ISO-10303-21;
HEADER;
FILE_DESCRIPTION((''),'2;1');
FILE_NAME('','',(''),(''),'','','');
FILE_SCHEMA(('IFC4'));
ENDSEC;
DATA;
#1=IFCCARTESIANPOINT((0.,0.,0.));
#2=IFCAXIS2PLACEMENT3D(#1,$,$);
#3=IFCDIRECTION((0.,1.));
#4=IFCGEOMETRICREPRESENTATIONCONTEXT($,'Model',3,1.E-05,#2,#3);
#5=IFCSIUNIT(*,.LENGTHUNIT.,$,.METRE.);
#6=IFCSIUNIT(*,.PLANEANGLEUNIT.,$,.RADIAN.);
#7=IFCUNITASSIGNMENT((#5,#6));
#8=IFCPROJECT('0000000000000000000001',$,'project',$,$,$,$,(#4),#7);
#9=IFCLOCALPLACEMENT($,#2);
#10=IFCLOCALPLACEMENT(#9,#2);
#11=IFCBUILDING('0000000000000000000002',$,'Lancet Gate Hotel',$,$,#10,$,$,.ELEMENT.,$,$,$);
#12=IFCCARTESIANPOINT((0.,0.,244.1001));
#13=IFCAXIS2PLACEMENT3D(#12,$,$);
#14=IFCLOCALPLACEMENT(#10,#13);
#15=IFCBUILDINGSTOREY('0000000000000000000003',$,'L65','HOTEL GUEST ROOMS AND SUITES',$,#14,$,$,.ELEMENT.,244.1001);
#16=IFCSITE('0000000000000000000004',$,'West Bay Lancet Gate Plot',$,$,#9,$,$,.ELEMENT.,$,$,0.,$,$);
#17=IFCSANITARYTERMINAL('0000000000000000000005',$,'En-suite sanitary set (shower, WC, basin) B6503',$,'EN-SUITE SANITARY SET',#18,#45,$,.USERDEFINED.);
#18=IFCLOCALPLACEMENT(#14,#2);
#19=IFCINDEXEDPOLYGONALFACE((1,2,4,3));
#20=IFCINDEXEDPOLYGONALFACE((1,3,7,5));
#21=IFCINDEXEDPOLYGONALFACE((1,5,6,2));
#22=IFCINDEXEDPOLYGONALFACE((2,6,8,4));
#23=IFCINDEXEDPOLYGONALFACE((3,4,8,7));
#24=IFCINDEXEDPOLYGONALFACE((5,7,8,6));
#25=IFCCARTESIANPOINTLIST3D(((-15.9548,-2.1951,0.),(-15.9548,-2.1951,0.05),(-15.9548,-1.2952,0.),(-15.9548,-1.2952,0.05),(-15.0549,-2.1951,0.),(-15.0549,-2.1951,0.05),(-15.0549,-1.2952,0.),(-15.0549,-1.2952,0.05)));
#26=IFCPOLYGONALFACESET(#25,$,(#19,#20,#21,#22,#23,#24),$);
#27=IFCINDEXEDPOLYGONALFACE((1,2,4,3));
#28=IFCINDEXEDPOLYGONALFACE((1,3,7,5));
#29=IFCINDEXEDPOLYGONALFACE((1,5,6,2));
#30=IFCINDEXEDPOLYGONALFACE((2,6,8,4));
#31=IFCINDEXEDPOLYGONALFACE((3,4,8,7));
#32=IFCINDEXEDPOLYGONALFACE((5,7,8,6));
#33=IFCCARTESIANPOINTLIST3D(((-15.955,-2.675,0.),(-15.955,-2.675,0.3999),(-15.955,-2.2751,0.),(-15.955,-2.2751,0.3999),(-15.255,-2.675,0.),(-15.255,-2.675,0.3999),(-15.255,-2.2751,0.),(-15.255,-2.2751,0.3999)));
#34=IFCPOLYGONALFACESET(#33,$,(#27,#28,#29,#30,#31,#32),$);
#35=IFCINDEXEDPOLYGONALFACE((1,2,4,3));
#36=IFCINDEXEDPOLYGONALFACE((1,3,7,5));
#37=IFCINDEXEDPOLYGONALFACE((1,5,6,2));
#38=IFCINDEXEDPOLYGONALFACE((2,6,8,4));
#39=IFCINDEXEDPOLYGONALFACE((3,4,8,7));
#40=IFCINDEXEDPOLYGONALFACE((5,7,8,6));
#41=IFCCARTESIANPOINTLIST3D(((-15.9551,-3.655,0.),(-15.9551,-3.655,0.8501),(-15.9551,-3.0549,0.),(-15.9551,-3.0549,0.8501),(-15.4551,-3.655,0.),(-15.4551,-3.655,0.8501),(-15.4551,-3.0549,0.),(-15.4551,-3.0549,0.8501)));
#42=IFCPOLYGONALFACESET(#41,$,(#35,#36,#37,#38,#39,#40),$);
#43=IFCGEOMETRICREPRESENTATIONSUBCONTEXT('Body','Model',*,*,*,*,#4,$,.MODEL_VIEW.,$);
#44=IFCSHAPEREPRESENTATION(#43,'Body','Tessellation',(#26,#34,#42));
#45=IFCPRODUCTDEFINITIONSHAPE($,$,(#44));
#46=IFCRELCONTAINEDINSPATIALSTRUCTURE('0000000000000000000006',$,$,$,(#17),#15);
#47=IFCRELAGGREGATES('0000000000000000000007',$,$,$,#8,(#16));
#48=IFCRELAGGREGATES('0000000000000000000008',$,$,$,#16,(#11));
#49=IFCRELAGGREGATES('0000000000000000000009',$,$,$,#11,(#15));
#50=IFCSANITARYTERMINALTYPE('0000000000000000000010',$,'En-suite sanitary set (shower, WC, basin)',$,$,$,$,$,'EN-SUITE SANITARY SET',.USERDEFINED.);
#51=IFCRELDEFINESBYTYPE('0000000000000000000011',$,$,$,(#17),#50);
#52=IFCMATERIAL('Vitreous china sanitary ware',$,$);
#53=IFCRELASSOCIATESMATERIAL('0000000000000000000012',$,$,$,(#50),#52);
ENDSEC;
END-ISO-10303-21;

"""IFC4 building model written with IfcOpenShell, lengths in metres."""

from ifc_helpers import new_model, si_unit, direction, frame, origin, origin_2d, place, context, subcontext, project, spatial, rectangle, extrude, material, type_object, element, save


model = new_model("IFC4")

# Units and contexts
model_context = context("Model", 3, precision=1e-05, world=origin(), true_north=direction((0.0, 1.0)))
body_context = subcontext(model_context, "Body", "Model", "MODEL_VIEW")
ifc_project = project(units=[si_unit("LENGTHUNIT", "METRE"), si_unit("PLANEANGLEUNIT", "RADIAN")], contexts=[model_context])

# Site, building, storey
site_placement = place(None, origin())
site = spatial("IfcSite", under=ifc_project, at=site_placement, Name="West Bay Lancet Gate Plot", CompositionType="ELEMENT", RefElevation=0.0)
building_placement = place(site_placement, origin())
building = spatial("IfcBuilding", under=site, at=building_placement, Name="Lancet Gate Hotel", CompositionType="ELEMENT")
storey_placement = place(building_placement, frame((0.0, 0.0, 244.1001)))
storey = spatial("IfcBuildingStorey", under=building, at=storey_placement, Name="L65", Description="HOTEL GUEST ROOMS AND SUITES", CompositionType="ELEMENT", Elevation=244.1001)

# Sanitary terminal
ifc_material_1 = material(Name="Vitreous china sanitary ware")
sanitary_terminal_type = type_object("IfcSanitaryTerminalType", Name="En-suite sanitary set (shower, WC, basin)", ElementType="EN-SUITE SANITARY SET", PredefinedType="USERDEFINED", material=ifc_material_1)
sanitary_terminal_placement = place(storey_placement, frame((-15.5049, -1.7451, 0.0), z_axis=(0.0, 0.0, 1.0), x_axis=(1.0, 0.0, 0.0)))
element("IfcSanitaryTerminal", 1, at=sanitary_terminal_placement, inside=storey, type_object=sanitary_terminal_type, Name="En-suite sanitary set (shower, WC, basin) B6503", ObjectType="EN-SUITE SANITARY SET", PredefinedType="USERDEFINED", context=body_context, shape_type="SweptSolid", body=[
    extrude(rectangle(XDim=0.8999, YDim=0.8999, at=origin_2d()), frame((0.0, 0.0, 0.0), z_axis=(0.0, 0.0, 1.0), x_axis=(0.0, 1.0, 0.0)), (0.0, 0.0, 1.0), 0.05),
    extrude(rectangle(XDim=0.3999, YDim=0.7, at=origin_2d()), frame((-0.1001, -0.73, 0.0), z_axis=(0.0, 0.0, 1.0), x_axis=(0.0, 1.0, 0.0)), (0.0, 0.0, 1.0), 0.3999),
    extrude(rectangle(XDim=0.6001, YDim=0.5, at=origin_2d()), frame((-0.2002, -1.6099, 0.0), z_axis=(0.0, 0.0, 1.0), x_axis=(0.0, 1.0, 0.0)), (0.0, 0.0, 1.0), 0.8501),
])

save(model, "model.ifc")
